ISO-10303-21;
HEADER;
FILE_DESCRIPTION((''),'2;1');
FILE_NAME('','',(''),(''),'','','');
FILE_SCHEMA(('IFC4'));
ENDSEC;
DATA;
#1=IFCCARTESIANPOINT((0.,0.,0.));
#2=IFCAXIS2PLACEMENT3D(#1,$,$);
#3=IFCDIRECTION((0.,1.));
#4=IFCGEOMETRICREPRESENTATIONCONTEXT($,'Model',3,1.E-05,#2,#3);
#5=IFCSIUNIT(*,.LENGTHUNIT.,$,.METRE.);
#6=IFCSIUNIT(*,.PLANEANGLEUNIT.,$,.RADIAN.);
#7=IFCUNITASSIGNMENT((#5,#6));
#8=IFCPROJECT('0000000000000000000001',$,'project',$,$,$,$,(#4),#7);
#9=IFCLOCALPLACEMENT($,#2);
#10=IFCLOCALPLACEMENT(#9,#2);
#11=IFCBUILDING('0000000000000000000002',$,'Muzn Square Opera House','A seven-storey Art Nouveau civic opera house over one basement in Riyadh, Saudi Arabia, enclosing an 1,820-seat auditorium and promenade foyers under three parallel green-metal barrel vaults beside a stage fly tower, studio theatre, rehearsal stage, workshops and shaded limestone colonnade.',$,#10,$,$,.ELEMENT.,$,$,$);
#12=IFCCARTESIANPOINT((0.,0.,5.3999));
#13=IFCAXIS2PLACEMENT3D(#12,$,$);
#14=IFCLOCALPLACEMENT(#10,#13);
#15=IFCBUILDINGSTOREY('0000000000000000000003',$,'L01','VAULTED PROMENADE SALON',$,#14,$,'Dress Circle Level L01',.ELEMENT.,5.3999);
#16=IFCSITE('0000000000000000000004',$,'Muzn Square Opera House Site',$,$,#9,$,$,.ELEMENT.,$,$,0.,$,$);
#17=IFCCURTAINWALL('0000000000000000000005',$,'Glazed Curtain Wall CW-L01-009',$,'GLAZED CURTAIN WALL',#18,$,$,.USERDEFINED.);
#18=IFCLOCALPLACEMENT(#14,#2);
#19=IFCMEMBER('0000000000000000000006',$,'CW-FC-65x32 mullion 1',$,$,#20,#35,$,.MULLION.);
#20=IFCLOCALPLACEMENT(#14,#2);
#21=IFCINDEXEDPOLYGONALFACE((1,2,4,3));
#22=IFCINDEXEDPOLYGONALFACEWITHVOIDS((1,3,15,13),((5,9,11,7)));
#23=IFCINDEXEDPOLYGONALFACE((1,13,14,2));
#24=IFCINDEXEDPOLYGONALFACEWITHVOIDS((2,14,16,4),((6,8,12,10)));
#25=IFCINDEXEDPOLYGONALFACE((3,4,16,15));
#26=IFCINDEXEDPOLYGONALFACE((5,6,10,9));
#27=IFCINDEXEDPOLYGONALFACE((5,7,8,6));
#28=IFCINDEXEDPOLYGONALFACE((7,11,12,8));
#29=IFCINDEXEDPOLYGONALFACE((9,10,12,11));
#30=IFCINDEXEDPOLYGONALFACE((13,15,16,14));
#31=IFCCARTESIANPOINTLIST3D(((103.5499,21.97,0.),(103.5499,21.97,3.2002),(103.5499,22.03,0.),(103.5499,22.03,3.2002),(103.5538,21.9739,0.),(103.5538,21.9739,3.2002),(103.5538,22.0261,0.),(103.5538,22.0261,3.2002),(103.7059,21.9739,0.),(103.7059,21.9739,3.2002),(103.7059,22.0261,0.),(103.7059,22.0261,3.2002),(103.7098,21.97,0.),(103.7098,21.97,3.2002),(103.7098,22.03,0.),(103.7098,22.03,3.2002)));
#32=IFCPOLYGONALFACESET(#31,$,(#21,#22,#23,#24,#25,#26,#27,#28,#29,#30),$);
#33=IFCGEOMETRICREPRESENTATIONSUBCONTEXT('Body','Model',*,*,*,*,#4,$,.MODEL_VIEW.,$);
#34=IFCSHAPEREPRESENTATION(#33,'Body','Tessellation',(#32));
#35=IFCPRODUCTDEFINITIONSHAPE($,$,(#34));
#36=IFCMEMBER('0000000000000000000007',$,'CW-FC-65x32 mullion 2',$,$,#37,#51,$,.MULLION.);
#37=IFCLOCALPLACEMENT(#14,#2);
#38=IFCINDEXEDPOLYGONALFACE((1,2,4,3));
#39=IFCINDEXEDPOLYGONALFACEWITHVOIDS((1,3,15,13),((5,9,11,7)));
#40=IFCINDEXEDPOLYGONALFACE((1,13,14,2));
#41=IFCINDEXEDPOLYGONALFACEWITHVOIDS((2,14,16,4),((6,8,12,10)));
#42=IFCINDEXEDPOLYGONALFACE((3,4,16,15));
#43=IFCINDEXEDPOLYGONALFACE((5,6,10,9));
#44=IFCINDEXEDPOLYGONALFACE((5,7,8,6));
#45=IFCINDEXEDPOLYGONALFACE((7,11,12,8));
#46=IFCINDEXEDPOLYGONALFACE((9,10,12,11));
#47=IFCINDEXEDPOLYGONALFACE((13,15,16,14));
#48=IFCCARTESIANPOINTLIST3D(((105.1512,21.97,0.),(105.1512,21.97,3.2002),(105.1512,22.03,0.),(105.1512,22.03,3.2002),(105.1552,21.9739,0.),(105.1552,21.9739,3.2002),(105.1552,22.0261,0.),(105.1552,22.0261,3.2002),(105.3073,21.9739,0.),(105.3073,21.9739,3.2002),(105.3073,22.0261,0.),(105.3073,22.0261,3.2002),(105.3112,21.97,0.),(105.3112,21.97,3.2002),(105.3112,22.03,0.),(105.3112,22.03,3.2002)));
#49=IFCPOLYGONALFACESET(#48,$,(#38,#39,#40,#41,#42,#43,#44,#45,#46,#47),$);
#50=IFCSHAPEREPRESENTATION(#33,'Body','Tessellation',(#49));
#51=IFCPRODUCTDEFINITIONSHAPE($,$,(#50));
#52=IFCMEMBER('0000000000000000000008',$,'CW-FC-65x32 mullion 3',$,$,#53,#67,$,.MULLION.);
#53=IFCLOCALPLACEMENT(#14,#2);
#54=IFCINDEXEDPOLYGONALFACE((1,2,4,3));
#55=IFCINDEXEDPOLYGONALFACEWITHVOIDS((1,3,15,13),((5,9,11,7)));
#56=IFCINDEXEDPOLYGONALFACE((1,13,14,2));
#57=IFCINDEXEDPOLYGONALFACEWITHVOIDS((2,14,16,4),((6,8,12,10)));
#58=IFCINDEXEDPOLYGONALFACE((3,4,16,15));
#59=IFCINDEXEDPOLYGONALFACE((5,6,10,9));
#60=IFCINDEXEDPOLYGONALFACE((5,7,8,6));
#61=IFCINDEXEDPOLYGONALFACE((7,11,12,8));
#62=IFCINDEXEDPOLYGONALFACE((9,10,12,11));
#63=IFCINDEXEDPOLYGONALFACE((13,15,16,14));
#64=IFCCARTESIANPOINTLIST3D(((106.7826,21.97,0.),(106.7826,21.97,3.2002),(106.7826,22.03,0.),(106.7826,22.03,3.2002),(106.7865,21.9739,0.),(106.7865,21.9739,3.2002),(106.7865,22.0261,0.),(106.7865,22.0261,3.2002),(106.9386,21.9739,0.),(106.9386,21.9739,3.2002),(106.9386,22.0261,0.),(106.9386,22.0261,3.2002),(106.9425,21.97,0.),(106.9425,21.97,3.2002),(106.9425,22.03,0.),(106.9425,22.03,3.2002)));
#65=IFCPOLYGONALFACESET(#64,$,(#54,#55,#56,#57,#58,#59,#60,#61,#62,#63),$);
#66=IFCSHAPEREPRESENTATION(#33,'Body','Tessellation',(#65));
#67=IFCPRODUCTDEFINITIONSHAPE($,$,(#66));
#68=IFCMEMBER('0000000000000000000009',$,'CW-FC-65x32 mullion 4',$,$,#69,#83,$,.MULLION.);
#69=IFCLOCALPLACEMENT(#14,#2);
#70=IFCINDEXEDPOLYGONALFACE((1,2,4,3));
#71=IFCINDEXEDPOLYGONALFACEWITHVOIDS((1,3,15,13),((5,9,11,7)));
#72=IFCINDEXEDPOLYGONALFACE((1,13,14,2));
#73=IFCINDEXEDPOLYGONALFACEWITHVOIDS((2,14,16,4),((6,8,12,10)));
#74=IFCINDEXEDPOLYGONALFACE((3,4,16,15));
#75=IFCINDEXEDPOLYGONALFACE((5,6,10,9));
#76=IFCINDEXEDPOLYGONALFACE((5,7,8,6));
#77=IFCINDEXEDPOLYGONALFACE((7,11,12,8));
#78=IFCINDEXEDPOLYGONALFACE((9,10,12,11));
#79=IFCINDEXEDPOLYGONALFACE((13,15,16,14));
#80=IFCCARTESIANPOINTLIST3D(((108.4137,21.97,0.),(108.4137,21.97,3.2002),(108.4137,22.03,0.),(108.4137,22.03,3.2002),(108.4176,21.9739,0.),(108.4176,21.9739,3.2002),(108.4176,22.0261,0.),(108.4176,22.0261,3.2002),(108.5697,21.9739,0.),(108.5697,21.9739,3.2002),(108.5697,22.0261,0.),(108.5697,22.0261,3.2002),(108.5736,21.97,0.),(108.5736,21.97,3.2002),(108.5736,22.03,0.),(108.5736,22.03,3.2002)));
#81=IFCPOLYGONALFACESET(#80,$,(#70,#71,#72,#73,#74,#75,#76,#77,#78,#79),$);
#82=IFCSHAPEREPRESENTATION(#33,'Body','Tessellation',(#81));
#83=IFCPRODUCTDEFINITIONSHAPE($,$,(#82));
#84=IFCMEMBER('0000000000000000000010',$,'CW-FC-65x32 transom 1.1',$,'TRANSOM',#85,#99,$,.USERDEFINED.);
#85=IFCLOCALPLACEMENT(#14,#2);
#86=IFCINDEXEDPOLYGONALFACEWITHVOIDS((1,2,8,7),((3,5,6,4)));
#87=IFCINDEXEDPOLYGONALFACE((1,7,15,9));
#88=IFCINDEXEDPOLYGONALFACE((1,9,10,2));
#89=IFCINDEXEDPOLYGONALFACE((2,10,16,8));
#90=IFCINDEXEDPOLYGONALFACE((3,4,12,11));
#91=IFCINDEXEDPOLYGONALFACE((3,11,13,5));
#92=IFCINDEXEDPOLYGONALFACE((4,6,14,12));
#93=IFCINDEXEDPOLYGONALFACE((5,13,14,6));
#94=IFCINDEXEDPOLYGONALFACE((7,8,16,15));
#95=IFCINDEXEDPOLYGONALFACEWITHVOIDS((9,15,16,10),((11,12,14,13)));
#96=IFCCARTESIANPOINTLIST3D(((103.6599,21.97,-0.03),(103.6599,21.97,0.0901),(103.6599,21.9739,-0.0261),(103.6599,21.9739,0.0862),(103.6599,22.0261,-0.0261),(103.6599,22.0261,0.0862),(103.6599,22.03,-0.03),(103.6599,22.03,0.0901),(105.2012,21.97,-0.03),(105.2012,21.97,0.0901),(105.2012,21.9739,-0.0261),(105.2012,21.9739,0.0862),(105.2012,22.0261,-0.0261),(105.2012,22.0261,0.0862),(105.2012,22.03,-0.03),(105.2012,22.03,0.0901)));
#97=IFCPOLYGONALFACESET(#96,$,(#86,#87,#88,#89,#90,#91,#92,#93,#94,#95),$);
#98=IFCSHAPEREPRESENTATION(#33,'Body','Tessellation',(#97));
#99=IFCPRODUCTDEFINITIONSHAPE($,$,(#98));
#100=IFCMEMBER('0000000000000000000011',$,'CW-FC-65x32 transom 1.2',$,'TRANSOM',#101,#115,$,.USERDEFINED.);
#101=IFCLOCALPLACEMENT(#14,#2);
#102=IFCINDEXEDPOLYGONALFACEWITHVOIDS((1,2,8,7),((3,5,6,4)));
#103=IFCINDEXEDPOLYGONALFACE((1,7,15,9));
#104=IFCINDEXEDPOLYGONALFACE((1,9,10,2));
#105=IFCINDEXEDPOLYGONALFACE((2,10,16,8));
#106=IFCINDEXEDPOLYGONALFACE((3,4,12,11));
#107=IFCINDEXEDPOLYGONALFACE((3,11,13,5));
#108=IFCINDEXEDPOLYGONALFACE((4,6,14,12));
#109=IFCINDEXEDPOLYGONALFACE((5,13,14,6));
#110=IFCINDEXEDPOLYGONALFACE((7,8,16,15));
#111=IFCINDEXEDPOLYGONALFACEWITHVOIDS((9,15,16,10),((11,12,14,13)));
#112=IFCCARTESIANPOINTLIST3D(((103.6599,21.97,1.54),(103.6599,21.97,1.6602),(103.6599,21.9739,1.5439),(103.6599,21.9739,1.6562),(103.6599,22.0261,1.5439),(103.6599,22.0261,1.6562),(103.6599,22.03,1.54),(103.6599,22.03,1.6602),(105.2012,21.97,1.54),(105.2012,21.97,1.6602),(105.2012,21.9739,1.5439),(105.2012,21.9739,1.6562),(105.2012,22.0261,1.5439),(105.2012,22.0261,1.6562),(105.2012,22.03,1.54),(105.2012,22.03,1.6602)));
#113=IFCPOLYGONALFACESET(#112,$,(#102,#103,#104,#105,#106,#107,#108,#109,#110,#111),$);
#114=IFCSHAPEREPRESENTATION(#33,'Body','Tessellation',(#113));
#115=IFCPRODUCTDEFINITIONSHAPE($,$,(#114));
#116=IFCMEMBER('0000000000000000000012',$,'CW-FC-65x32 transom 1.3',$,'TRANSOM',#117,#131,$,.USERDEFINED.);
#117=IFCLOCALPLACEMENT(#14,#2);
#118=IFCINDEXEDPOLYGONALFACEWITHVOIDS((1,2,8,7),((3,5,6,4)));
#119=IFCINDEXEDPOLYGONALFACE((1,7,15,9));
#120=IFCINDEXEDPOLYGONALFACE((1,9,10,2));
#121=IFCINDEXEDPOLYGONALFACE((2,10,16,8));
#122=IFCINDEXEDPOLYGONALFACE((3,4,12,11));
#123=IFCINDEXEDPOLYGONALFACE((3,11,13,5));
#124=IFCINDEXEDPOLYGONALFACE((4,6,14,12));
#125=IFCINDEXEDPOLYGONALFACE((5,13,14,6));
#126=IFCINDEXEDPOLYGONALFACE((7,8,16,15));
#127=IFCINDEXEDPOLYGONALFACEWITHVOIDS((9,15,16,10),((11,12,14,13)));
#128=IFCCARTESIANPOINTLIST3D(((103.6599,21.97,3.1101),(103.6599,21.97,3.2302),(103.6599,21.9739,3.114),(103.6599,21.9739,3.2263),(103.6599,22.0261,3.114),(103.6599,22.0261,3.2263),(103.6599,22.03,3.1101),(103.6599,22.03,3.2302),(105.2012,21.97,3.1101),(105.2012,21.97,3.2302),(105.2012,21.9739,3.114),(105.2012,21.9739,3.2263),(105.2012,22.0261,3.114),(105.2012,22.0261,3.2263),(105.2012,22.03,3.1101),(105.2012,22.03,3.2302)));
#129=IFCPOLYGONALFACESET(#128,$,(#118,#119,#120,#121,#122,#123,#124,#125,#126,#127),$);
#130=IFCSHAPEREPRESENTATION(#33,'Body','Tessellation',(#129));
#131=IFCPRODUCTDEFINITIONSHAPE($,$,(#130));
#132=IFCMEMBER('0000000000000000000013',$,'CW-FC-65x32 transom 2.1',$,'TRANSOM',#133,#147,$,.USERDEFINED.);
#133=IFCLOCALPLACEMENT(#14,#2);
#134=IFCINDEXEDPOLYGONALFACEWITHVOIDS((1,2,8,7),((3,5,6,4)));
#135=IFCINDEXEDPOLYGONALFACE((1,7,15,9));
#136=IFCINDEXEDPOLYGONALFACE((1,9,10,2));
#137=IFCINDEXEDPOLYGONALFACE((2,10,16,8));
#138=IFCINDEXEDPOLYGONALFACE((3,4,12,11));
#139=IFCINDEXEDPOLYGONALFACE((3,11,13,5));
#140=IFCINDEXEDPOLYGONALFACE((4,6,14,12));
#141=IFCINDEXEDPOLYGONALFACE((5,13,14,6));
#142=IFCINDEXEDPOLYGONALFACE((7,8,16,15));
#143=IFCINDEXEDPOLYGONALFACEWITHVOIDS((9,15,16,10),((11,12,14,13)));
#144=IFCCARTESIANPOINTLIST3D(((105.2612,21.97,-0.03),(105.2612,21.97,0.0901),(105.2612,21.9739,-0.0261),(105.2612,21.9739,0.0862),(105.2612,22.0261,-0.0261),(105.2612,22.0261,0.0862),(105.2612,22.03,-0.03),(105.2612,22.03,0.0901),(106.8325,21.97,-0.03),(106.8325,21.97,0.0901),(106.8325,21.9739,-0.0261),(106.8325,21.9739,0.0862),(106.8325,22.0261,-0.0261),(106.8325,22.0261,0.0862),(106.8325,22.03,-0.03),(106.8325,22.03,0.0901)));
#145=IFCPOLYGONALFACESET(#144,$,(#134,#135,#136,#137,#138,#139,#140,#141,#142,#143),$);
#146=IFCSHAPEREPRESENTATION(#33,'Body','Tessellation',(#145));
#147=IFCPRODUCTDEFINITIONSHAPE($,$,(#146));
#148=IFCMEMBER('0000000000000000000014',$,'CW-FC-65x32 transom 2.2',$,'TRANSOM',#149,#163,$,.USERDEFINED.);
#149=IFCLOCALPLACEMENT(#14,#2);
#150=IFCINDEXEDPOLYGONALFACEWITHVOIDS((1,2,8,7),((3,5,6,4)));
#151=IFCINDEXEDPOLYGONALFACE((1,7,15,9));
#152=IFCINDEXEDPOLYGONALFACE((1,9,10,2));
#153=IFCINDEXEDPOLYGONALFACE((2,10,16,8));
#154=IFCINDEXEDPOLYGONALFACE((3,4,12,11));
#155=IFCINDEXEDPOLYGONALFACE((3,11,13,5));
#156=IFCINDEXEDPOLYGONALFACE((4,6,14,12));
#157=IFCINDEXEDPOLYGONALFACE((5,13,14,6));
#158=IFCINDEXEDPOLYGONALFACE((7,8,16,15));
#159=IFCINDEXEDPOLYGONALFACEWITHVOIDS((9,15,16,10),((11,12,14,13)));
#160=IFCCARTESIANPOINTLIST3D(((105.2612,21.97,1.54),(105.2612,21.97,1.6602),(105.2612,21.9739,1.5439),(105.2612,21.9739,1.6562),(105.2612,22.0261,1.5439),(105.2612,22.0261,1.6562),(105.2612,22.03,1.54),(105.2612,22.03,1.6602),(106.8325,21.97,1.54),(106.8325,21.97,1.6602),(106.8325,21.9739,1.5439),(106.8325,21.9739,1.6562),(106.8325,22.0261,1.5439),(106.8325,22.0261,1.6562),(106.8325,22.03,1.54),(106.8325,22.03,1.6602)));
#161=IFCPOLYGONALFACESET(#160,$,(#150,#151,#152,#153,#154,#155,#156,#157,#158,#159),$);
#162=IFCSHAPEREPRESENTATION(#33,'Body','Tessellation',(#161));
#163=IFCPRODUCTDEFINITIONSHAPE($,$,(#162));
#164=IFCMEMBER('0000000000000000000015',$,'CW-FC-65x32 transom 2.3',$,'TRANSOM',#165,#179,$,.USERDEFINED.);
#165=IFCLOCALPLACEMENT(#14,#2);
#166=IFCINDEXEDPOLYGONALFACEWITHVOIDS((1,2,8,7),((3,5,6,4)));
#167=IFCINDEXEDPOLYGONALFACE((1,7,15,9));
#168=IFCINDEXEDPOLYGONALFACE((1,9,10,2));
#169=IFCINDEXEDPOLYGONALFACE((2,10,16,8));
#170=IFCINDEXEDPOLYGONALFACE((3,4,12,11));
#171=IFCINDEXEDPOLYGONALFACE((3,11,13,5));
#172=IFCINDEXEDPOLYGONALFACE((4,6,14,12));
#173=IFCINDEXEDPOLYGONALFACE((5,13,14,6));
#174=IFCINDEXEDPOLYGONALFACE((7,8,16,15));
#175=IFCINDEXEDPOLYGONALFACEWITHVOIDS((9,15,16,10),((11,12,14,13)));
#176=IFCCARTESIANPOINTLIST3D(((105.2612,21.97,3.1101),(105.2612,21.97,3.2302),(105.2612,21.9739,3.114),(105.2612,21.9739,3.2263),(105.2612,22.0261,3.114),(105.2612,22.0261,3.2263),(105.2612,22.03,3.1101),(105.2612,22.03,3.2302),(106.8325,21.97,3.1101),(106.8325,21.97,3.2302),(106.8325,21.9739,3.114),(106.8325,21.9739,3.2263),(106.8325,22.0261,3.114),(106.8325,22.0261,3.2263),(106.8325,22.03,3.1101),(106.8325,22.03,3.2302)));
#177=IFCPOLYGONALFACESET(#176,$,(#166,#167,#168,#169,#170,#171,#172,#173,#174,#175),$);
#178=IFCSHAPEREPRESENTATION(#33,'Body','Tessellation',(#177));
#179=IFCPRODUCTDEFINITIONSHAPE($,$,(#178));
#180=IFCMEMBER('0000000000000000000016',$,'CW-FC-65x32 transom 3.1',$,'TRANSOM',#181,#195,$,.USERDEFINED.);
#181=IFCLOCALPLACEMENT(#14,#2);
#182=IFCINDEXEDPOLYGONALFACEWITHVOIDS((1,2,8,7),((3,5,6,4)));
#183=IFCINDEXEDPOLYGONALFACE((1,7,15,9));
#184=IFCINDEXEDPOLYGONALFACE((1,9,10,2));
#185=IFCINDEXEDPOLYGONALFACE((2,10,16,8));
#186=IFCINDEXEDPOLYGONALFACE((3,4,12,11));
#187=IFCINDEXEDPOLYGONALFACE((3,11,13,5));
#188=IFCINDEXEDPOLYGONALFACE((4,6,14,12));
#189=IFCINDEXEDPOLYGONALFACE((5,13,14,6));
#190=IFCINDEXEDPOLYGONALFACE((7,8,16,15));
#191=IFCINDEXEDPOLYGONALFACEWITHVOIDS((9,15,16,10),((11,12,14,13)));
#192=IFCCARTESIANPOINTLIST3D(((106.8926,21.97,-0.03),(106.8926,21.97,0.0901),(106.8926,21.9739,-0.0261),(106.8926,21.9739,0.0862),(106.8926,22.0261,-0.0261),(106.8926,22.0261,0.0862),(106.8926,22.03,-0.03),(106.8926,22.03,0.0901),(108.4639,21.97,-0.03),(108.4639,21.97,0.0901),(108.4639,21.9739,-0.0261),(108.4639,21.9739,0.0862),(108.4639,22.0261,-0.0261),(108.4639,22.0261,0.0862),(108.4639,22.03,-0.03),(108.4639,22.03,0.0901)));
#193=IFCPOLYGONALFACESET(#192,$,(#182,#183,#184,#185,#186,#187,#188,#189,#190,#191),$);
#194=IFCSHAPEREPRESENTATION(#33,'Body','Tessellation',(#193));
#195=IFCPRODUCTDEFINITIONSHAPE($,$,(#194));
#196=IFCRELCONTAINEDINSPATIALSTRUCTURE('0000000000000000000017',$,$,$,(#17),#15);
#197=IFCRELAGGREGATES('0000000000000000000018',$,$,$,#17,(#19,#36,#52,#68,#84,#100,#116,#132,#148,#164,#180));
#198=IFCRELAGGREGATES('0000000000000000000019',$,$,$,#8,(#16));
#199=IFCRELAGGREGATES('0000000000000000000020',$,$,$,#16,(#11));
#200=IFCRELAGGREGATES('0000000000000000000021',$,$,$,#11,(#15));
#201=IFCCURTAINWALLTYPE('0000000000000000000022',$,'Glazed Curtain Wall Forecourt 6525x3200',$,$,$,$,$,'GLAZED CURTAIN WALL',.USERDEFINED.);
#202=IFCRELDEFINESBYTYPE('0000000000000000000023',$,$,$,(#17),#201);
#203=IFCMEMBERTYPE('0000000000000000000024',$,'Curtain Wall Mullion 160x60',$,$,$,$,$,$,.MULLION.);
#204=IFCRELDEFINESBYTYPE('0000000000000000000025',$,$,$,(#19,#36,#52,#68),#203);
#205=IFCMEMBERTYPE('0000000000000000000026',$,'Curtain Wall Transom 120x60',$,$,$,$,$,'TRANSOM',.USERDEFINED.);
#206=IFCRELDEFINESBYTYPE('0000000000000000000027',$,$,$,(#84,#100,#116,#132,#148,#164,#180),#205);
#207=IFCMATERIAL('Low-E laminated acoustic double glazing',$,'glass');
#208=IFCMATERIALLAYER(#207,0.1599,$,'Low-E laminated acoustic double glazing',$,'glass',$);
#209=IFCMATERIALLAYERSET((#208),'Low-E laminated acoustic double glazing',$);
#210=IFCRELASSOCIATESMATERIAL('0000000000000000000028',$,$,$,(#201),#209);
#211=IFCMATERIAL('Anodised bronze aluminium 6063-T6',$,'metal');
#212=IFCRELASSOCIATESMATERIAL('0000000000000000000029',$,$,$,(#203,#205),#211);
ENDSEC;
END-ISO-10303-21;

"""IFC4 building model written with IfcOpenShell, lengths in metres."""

from ifc_helpers import new_model, si_unit, direction, frame, origin, origin_2d, place, context, subcontext, project, spatial, hollow_rectangle, extrude, material, layer, layer_set, material_profile, profile_set, type_object, element, aggregate, save


model = new_model("IFC4")

# Units and contexts
model_context = context("Model", 3, precision=1e-05, world=origin(), true_north=direction((0.0, 1.0)))
body_context = subcontext(model_context, "Body", "Model", "MODEL_VIEW")
ifc_project = project(units=[si_unit("LENGTHUNIT", "METRE"), si_unit("PLANEANGLEUNIT", "RADIAN")], contexts=[model_context])

# Site, building, storey
site_placement = place(None, origin())
site = spatial("IfcSite", under=ifc_project, at=site_placement, Name="Muzn Square Opera House Site", CompositionType="ELEMENT", RefElevation=0.0)
building_placement = place(site_placement, origin())
building = spatial("IfcBuilding", under=site, at=building_placement, Name="Muzn Square Opera House", Description="A seven-storey Art Nouveau civic opera house over one basement in Riyadh, Saudi Arabia, enclosing an 1,820-seat auditorium and promenade foyers under three parallel green-metal barrel vaults beside a stage fly tower, studio theatre, rehearsal stage, workshops and shaded limestone colonnade.", CompositionType="ELEMENT")
storey_placement = place(building_placement, frame((0.0, 0.0, 5.3999)))
storey = spatial("IfcBuildingStorey", under=building, at=storey_placement, Name="L01", Description="VAULTED PROMENADE SALON", LongName="Dress Circle Level L01", CompositionType="ELEMENT", Elevation=5.3999)

# Curtain wall, members
ifc_material_1 = material(Name="Low-E laminated acoustic double glazing", Category="glass")
ifc_layer_1 = layer(ifc_material_1, 0.1599, Name="Low-E laminated acoustic double glazing", Category="glass")
ifc_layer_set_1 = layer_set([ifc_layer_1], Name="Low-E laminated acoustic double glazing")
curtain_wall_type = type_object("IfcCurtainWallType", Name="Glazed Curtain Wall Forecourt 6525x3200", ElementType="GLAZED CURTAIN WALL", PredefinedType="USERDEFINED", material=ifc_layer_set_1)
curtain_wall_placement = place(storey_placement, origin())
curtain_wall = element("IfcCurtainWall", 1, at=curtain_wall_placement, inside=storey, type_object=curtain_wall_type, Name="Glazed Curtain Wall CW-L01-009", ObjectType="GLAZED CURTAIN WALL", PredefinedType="USERDEFINED")
ifc_material_2 = material(Name="Anodised bronze aluminium 6063-T6", Category="metal")
ifc_material_profile_1 = material_profile(ifc_material_2, hollow_rectangle(XDim=0.0601, YDim=0.1599, WallThickness=0.0039, at=origin_2d()), Name="ALU 160x60x4", Category="metal")
ifc_profile_set_1 = profile_set([ifc_material_profile_1], Name="Anodised bronze aluminium 6063-T6")
member_type_1 = type_object("IfcMemberType", Name="Curtain Wall Mullion 160x60", PredefinedType="MULLION", material=ifc_profile_set_1)
member_1_placement = place(storey_placement, frame((103.6299, 22.0, 0.0), z_axis=(0.0, 0.0, 1.0), x_axis=(0.0, 1.0, 0.0)))
member_1 = element("IfcMember", 2, at=member_1_placement, type_object=member_type_1, Name="CW-FC-65x32 mullion 1", PredefinedType="MULLION", context=body_context, shape_type="SweptSolid", body=[
    extrude(hollow_rectangle(XDim=0.0601, YDim=0.1599, WallThickness=0.0039, at=origin_2d()), origin(), (0.0, 0.0, 1.0), 3.2002),
])
member_2_placement = place(storey_placement, frame((105.2312, 22.0, 0.0), z_axis=(0.0, 0.0, 1.0), x_axis=(0.0, 1.0, 0.0)))
member_2 = element("IfcMember", 3, at=member_2_placement, type_object=member_type_1, Name="CW-FC-65x32 mullion 2", PredefinedType="MULLION", context=body_context, shape_type="SweptSolid", body=[
    extrude(hollow_rectangle(XDim=0.0601, YDim=0.1599, WallThickness=0.0039, at=origin_2d()), origin(), (0.0, 0.0, 1.0), 3.2002),
])
member_3_placement = place(storey_placement, frame((106.8625, 22.0, 0.0), z_axis=(0.0, 0.0, 1.0), x_axis=(0.0, 1.0, 0.0)))
member_3 = element("IfcMember", 4, at=member_3_placement, type_object=member_type_1, Name="CW-FC-65x32 mullion 3", PredefinedType="MULLION", context=body_context, shape_type="SweptSolid", body=[
    extrude(hollow_rectangle(XDim=0.0601, YDim=0.1599, WallThickness=0.0039, at=origin_2d()), origin(), (0.0, 0.0, 1.0), 3.2002),
])
member_4_placement = place(storey_placement, frame((108.4937, 22.0, 0.0), z_axis=(0.0, 0.0, 1.0), x_axis=(0.0, 1.0, 0.0)))
member_4 = element("IfcMember", 5, at=member_4_placement, type_object=member_type_1, Name="CW-FC-65x32 mullion 4", PredefinedType="MULLION", context=body_context, shape_type="SweptSolid", body=[
    extrude(hollow_rectangle(XDim=0.0601, YDim=0.1599, WallThickness=0.0039, at=origin_2d()), origin(), (0.0, 0.0, 1.0), 3.2002),
])
ifc_material_profile_2 = material_profile(ifc_material_2, hollow_rectangle(XDim=0.0601, YDim=0.1201, WallThickness=0.0039, at=origin_2d()), Name="ALU 120x60x4", Category="metal")
ifc_profile_set_2 = profile_set([ifc_material_profile_2], Name="Anodised bronze aluminium 6063-T6")
member_type_2 = type_object("IfcMemberType", Name="Curtain Wall Transom 120x60", ElementType="TRANSOM", PredefinedType="USERDEFINED", material=ifc_profile_set_2)
member_5_placement = place(storey_placement, frame((103.6599, 22.0, 0.03), z_axis=(1.0, 0.0, 0.0), x_axis=(0.0, 1.0, 0.0)))
member_5 = element("IfcMember", 6, at=member_5_placement, type_object=member_type_2, Name="CW-FC-65x32 transom 1.1", ObjectType="TRANSOM", PredefinedType="USERDEFINED", context=body_context, shape_type="SweptSolid", body=[
    extrude(hollow_rectangle(XDim=0.0601, YDim=0.1201, WallThickness=0.0039, at=origin_2d()), origin(), (0.0, 0.0, 1.0), 1.5413),
])
member_6_placement = place(storey_placement, frame((103.6599, 22.0, 1.6001), z_axis=(1.0, 0.0, 0.0), x_axis=(0.0, 1.0, 0.0)))
member_6 = element("IfcMember", 7, at=member_6_placement, type_object=member_type_2, Name="CW-FC-65x32 transom 1.2", ObjectType="TRANSOM", PredefinedType="USERDEFINED", context=body_context, shape_type="SweptSolid", body=[
    extrude(hollow_rectangle(XDim=0.0601, YDim=0.1201, WallThickness=0.0039, at=origin_2d()), origin(), (0.0, 0.0, 1.0), 1.5413),
])
member_7_placement = place(storey_placement, frame((103.6599, 22.0, 3.1702), z_axis=(1.0, 0.0, 0.0), x_axis=(0.0, 1.0, 0.0)))
member_7 = element("IfcMember", 8, at=member_7_placement, type_object=member_type_2, Name="CW-FC-65x32 transom 1.3", ObjectType="TRANSOM", PredefinedType="USERDEFINED", context=body_context, shape_type="SweptSolid", body=[
    extrude(hollow_rectangle(XDim=0.0601, YDim=0.1201, WallThickness=0.0039, at=origin_2d()), origin(), (0.0, 0.0, 1.0), 1.5413),
])
member_8_placement = place(storey_placement, frame((105.2612, 22.0, 0.03), z_axis=(1.0, 0.0, 0.0), x_axis=(0.0, 1.0, 0.0)))
member_8 = element("IfcMember", 9, at=member_8_placement, type_object=member_type_2, Name="CW-FC-65x32 transom 2.1", ObjectType="TRANSOM", PredefinedType="USERDEFINED", context=body_context, shape_type="SweptSolid", body=[
    extrude(hollow_rectangle(XDim=0.0601, YDim=0.1201, WallThickness=0.0039, at=origin_2d()), origin(), (0.0, 0.0, 1.0), 1.5713),
])
member_9_placement = place(storey_placement, frame((105.2612, 22.0, 1.6001), z_axis=(1.0, 0.0, 0.0), x_axis=(0.0, 1.0, 0.0)))
member_9 = element("IfcMember", 10, at=member_9_placement, type_object=member_type_2, Name="CW-FC-65x32 transom 2.2", ObjectType="TRANSOM", PredefinedType="USERDEFINED", context=body_context, shape_type="SweptSolid", body=[
    extrude(hollow_rectangle(XDim=0.0601, YDim=0.1201, WallThickness=0.0039, at=origin_2d()), origin(), (0.0, 0.0, 1.0), 1.5713),
])
member_10_placement = place(storey_placement, frame((105.2612, 22.0, 3.1702), z_axis=(1.0, 0.0, 0.0), x_axis=(0.0, 1.0, 0.0)))
member_10 = element("IfcMember", 11, at=member_10_placement, type_object=member_type_2, Name="CW-FC-65x32 transom 2.3", ObjectType="TRANSOM", PredefinedType="USERDEFINED", context=body_context, shape_type="SweptSolid", body=[
    extrude(hollow_rectangle(XDim=0.0601, YDim=0.1201, WallThickness=0.0039, at=origin_2d()), origin(), (0.0, 0.0, 1.0), 1.5713),
])
member_11_placement = place(storey_placement, frame((106.8926, 22.0, 0.03), z_axis=(1.0, 0.0, 0.0), x_axis=(0.0, 1.0, 0.0)))
member_11 = element("IfcMember", 12, at=member_11_placement, type_object=member_type_2, Name="CW-FC-65x32 transom 3.1", ObjectType="TRANSOM", PredefinedType="USERDEFINED", context=body_context, shape_type="SweptSolid", body=[
    extrude(hollow_rectangle(XDim=0.0601, YDim=0.1201, WallThickness=0.0039, at=origin_2d()), origin(), (0.0, 0.0, 1.0), 1.5713),
])
aggregate(curtain_wall, [member_1, member_2, member_3, member_4, member_5, member_6, member_7, member_8, member_9, member_10, member_11])

save(model, "model.ifc")
